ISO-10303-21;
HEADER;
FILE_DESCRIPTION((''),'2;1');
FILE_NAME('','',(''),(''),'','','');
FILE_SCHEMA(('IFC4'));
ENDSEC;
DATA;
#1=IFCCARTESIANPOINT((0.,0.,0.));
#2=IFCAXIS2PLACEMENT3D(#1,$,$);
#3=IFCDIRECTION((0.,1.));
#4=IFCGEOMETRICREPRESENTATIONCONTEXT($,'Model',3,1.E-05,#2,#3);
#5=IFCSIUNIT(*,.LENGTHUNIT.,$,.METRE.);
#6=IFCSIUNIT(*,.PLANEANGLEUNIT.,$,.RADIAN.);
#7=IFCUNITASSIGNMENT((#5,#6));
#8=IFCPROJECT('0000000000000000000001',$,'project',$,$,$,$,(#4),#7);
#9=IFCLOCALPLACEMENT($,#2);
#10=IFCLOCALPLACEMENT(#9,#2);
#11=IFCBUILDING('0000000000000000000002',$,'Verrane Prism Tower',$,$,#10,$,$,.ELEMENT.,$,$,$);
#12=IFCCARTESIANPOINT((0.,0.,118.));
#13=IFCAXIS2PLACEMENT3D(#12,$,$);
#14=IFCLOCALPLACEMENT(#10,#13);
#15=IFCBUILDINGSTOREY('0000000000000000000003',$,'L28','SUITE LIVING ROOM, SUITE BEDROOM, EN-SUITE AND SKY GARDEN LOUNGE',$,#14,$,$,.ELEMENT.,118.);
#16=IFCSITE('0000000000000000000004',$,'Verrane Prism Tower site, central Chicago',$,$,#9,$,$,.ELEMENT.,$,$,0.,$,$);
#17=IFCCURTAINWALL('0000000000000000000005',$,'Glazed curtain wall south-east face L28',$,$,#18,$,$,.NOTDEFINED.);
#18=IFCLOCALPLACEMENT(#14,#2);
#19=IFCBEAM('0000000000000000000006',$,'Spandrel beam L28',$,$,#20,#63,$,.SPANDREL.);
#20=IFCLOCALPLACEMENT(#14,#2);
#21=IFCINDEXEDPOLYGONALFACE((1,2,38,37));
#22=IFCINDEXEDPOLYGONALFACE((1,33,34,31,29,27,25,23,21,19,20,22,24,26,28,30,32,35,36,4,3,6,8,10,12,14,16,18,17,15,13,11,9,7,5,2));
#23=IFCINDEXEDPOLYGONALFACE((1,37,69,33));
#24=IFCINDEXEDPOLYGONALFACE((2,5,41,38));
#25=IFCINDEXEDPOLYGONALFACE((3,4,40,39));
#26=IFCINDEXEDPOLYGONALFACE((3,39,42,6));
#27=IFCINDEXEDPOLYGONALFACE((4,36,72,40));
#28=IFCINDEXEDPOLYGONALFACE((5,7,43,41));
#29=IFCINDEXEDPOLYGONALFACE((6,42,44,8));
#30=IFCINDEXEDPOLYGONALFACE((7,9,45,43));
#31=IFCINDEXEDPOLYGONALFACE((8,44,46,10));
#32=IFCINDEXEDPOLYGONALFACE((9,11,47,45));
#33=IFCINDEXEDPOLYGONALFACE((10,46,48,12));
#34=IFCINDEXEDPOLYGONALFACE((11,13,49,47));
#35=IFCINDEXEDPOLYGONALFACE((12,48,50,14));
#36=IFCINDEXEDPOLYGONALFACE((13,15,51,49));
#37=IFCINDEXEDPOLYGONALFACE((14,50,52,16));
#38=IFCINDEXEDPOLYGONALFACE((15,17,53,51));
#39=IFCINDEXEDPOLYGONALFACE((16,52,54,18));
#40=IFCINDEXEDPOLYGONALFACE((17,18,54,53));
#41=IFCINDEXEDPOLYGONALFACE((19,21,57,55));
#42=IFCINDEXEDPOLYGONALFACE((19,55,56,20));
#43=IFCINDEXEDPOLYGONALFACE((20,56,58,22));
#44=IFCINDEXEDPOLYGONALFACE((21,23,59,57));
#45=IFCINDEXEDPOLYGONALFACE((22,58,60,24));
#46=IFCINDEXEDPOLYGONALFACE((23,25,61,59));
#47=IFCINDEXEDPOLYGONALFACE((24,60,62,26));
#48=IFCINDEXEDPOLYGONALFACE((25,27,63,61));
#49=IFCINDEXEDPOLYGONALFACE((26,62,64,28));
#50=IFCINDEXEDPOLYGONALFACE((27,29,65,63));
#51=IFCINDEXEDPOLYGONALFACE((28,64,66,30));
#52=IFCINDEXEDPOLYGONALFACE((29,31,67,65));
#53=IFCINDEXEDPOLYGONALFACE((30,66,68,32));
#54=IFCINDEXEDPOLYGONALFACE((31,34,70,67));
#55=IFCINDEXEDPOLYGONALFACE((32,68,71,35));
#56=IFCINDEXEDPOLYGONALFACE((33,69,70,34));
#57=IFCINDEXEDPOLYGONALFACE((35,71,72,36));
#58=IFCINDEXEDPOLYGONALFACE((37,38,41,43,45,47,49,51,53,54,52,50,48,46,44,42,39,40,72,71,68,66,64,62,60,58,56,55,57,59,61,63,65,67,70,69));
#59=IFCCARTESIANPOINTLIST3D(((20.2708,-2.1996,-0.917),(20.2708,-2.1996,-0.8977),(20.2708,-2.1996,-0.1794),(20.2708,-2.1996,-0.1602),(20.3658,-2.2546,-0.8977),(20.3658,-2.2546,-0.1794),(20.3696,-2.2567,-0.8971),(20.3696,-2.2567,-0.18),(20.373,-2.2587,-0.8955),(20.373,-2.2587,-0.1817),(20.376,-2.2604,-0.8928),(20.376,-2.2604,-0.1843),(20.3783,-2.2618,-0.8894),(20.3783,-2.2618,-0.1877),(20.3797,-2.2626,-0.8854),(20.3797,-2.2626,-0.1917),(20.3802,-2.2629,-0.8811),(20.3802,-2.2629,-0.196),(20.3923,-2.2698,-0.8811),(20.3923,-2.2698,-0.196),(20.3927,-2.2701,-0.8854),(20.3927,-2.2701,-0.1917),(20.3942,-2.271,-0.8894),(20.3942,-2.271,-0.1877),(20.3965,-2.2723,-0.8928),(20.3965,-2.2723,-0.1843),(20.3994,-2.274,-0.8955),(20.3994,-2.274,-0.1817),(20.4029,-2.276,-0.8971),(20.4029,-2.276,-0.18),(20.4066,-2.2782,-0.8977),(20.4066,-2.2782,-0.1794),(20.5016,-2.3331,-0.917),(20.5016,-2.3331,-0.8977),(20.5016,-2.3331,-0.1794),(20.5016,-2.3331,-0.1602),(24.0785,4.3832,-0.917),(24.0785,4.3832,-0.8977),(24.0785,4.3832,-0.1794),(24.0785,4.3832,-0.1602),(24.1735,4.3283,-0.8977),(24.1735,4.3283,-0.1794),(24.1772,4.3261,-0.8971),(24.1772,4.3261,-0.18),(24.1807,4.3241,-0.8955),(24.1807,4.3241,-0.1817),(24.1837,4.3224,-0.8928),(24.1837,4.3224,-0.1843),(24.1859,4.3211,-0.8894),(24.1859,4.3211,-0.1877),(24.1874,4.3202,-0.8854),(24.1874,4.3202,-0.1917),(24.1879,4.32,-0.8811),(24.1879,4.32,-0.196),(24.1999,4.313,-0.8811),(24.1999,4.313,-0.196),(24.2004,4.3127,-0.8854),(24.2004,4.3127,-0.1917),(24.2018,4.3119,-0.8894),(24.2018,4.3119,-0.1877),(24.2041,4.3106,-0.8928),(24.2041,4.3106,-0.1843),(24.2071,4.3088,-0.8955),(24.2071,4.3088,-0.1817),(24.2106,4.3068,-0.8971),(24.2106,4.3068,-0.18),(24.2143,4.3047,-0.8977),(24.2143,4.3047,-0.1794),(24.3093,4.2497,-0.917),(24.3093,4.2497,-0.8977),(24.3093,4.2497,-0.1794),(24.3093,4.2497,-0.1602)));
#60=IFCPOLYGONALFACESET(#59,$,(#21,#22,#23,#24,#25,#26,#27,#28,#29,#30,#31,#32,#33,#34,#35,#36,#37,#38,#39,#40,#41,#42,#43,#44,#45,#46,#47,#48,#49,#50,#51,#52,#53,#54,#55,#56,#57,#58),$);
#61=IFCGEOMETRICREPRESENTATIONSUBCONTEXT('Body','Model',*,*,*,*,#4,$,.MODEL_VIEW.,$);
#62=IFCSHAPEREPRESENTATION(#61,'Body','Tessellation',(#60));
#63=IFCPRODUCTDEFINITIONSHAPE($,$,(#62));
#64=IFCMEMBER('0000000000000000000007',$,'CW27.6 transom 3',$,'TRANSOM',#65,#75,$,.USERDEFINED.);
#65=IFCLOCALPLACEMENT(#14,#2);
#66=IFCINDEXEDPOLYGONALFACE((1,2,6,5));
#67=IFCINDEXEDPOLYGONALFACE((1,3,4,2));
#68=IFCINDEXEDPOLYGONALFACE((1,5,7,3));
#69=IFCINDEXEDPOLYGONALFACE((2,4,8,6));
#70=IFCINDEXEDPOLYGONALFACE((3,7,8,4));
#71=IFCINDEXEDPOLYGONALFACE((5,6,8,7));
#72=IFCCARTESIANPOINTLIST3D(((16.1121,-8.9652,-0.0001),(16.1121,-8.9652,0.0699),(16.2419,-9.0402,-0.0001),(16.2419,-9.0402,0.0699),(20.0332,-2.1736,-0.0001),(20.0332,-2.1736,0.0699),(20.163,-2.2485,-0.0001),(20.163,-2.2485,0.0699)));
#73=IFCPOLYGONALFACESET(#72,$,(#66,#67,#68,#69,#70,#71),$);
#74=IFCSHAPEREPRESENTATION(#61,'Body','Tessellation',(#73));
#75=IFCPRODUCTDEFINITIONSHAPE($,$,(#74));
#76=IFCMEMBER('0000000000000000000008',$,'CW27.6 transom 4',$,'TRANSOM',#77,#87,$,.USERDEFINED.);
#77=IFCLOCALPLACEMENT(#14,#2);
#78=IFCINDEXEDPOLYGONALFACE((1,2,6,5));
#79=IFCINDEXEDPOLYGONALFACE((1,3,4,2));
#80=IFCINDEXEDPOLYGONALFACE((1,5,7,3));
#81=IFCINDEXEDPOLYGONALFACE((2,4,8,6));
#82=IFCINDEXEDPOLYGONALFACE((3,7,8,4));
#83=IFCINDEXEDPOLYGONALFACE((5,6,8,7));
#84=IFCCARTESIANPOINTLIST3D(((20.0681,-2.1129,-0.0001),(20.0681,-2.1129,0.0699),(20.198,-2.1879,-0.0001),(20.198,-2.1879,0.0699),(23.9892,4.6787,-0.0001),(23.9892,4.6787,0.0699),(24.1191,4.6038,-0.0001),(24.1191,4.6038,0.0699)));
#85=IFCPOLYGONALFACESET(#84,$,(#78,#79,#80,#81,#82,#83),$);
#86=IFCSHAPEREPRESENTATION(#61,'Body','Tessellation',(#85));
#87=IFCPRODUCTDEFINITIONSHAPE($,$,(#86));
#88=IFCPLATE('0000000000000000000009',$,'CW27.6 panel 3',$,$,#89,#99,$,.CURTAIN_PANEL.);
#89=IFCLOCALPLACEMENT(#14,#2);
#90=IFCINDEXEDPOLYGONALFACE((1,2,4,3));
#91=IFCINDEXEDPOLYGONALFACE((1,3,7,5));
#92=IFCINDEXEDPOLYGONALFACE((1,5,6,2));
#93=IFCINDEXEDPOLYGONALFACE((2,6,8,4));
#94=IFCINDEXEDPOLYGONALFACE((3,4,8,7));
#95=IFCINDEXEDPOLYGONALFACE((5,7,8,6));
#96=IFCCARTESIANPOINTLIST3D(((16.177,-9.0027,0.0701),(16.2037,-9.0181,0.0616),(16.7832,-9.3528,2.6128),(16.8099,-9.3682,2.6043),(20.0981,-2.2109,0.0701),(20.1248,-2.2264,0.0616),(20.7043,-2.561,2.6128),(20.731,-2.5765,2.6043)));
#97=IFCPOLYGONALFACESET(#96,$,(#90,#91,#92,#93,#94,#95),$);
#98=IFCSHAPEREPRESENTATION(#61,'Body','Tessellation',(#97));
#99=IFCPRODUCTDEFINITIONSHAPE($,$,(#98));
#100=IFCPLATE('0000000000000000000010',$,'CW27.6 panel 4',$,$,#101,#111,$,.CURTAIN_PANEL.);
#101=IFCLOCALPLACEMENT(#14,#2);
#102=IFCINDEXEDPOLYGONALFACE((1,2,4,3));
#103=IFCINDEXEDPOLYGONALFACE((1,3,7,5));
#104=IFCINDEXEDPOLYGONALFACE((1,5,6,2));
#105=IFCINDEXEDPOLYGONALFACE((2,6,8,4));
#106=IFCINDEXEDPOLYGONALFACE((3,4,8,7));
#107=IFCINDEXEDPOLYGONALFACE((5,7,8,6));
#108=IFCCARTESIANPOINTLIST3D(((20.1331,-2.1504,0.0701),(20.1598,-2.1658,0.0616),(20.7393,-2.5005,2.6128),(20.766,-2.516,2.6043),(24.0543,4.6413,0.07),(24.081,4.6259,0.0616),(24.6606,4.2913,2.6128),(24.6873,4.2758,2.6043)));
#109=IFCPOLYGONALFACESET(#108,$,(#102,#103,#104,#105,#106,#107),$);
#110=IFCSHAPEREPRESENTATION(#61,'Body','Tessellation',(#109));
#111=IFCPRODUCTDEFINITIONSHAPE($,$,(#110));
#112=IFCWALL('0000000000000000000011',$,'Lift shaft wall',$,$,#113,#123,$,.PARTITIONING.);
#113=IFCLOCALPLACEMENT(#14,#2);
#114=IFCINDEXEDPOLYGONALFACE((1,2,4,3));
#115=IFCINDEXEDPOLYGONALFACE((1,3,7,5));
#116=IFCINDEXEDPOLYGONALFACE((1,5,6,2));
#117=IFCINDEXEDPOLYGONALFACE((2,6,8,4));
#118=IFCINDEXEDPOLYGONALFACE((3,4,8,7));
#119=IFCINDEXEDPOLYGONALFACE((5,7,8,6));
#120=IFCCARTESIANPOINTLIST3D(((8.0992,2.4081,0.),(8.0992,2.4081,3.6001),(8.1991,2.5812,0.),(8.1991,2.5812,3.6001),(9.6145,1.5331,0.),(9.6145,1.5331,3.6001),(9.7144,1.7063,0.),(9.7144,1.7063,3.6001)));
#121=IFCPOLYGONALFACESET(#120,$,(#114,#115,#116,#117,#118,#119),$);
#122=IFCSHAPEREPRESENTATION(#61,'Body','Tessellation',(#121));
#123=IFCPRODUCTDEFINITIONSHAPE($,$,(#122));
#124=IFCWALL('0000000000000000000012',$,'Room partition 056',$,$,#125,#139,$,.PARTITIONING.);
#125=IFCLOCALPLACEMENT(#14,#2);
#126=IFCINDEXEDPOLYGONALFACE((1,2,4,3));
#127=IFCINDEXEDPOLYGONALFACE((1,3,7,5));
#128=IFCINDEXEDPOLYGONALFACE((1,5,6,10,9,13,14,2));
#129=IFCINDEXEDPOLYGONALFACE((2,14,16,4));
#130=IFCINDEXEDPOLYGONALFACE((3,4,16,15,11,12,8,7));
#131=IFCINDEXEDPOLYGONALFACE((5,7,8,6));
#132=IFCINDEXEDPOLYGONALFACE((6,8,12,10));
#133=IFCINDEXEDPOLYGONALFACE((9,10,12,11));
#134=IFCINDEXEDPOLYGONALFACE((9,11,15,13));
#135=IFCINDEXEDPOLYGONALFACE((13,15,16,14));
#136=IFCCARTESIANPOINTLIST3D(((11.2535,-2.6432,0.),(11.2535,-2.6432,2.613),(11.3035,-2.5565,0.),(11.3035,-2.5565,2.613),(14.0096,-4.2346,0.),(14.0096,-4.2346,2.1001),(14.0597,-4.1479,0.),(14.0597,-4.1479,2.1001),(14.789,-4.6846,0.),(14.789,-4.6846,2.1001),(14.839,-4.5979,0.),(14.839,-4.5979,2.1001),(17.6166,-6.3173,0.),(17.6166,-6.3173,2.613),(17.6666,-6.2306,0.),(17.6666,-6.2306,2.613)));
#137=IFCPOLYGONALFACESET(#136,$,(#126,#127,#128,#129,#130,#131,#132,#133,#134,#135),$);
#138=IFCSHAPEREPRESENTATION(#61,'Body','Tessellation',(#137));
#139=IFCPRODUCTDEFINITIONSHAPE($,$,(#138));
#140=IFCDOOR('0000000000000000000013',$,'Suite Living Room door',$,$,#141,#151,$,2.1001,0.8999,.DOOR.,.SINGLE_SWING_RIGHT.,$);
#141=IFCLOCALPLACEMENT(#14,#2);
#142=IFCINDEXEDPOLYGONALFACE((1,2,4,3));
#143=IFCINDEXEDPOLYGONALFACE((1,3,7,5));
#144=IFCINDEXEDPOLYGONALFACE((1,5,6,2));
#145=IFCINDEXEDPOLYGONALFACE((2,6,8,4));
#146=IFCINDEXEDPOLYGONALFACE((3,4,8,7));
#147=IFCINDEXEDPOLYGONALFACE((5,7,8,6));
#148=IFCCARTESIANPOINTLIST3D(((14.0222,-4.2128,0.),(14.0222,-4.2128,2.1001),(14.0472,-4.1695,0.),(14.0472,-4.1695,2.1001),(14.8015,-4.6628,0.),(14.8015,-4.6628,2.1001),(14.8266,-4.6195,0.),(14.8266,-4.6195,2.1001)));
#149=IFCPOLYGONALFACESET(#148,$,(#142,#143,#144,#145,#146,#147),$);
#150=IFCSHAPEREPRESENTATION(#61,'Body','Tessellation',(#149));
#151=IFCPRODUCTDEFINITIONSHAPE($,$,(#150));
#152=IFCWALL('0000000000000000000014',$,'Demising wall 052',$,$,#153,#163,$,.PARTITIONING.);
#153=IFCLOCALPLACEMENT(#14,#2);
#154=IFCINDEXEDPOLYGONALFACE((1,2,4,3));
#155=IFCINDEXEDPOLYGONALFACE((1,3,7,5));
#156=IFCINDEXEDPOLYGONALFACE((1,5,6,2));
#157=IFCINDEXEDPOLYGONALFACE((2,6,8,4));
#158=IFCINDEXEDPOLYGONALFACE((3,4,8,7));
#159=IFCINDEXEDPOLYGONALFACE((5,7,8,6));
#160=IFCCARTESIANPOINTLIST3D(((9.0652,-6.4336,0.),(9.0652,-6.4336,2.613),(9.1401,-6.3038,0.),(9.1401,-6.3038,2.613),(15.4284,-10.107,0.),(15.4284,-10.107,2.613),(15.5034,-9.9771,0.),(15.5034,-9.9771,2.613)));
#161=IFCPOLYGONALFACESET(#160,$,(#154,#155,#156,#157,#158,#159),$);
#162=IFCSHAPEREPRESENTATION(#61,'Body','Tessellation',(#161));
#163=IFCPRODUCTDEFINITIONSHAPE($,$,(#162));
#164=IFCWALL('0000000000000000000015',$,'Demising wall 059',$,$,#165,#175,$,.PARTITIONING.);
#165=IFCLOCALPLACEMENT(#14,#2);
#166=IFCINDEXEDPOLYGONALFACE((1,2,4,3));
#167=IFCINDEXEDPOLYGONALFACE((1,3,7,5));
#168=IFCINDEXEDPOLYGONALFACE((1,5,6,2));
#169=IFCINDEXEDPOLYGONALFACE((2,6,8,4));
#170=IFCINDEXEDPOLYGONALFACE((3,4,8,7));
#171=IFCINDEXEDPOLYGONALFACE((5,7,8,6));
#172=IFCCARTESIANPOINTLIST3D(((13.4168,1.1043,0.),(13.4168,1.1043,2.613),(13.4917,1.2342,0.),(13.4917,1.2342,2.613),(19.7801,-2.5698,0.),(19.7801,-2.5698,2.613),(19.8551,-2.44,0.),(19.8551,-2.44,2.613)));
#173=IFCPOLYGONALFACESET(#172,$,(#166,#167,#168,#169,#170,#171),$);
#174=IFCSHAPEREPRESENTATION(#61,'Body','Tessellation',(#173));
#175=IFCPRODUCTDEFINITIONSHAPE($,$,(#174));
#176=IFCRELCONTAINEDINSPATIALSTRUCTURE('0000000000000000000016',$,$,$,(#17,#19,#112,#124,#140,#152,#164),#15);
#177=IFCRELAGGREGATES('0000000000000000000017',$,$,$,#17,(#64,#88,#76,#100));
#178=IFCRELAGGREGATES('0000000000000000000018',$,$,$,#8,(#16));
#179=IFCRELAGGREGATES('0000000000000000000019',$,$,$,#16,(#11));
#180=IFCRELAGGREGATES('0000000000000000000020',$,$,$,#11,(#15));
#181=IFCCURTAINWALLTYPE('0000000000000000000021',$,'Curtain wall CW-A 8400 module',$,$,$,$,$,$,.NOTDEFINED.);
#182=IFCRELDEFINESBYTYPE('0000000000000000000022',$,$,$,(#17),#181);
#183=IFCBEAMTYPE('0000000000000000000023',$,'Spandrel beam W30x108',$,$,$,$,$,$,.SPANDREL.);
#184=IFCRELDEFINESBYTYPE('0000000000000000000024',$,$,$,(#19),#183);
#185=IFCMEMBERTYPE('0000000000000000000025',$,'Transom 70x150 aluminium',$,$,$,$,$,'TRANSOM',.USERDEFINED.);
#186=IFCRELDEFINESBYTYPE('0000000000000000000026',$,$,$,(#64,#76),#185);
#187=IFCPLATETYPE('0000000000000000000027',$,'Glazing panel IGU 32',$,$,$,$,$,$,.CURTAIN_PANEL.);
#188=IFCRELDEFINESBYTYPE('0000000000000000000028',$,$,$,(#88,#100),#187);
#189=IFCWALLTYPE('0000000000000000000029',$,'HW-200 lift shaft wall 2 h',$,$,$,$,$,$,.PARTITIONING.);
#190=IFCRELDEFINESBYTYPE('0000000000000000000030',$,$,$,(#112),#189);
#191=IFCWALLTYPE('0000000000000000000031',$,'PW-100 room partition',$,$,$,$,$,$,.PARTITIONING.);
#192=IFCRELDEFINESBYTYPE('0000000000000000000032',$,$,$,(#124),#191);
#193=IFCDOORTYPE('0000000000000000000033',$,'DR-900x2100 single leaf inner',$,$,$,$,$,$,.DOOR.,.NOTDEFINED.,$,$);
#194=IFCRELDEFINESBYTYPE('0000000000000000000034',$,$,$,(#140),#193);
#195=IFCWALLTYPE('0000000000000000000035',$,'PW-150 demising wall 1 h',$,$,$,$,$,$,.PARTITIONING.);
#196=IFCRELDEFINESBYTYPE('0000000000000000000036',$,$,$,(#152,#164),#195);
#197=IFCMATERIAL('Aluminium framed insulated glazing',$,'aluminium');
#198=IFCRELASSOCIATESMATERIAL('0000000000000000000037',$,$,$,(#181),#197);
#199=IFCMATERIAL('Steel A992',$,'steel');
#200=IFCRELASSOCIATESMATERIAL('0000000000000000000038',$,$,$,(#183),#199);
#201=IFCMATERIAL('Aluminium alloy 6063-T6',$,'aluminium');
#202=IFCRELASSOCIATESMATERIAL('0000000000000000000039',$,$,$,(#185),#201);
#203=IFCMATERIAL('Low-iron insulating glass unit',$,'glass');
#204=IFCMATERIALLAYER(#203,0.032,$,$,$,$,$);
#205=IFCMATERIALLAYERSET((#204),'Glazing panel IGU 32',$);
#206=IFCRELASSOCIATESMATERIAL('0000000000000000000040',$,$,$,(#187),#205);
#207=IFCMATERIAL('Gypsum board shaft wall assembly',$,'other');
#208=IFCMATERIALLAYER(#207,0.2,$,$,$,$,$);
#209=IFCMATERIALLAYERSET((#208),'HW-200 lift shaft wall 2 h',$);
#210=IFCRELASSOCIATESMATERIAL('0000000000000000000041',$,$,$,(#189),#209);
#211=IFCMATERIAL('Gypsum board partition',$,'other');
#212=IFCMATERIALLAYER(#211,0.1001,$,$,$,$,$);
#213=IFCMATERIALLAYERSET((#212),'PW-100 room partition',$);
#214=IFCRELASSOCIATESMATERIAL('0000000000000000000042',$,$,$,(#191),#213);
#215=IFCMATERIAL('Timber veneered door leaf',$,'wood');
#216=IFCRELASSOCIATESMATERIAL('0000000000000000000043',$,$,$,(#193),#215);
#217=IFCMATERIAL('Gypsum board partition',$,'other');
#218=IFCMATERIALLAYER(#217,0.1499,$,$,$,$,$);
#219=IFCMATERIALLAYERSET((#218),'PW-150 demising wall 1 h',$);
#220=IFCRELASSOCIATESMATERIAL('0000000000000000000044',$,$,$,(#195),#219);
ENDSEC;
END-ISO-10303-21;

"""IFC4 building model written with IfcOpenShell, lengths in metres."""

from ifc_helpers import new_model, si_unit, direction, frame, frame_2d, origin, origin_2d, place, context, subcontext, project, spatial, polyline, rectangle, i_section, outline, extrude, material, layer, layer_set, material_profile, profile_set, type_object, element, fill, aggregate, save


model = new_model("IFC4")

# Units and contexts
model_context = context("Model", 3, precision=1e-05, world=origin(), true_north=direction((0.0, 1.0)))
body_context = subcontext(model_context, "Body", "Model", "MODEL_VIEW")
ifc_project = project(units=[si_unit("LENGTHUNIT", "METRE"), si_unit("PLANEANGLEUNIT", "RADIAN")], contexts=[model_context])

# Site, building, storey
site_placement = place(None, origin())
site = spatial("IfcSite", under=ifc_project, at=site_placement, Name="Verrane Prism Tower site, central Chicago", CompositionType="ELEMENT", RefElevation=0.0)
building_placement = place(site_placement, origin())
building = spatial("IfcBuilding", under=site, at=building_placement, Name="Verrane Prism Tower", CompositionType="ELEMENT")
storey_placement = place(building_placement, frame((0.0, 0.0, 118.0)))
storey = spatial("IfcBuildingStorey", under=building, at=storey_placement, Name="L28", Description="SUITE LIVING ROOM, SUITE BEDROOM, EN-SUITE AND SKY GARDEN LOUNGE", CompositionType="ELEMENT", Elevation=118.0)

# Curtain wall
ifc_material_1 = material(Name="Aluminium framed insulated glazing", Category="aluminium")
curtain_wall_type = type_object("IfcCurtainWallType", Name="Curtain wall CW-A 8400 module", PredefinedType="NOTDEFINED", material=ifc_material_1)
curtain_wall_placement = place(storey_placement, origin())
curtain_wall = element("IfcCurtainWall", 1, at=curtain_wall_placement, inside=storey, type_object=curtain_wall_type, Name="Glazed curtain wall south-east face L28", PredefinedType="NOTDEFINED")

# Beam
ifc_material_2 = material(Name="Steel A992", Category="steel")
ifc_material_profile_1 = material_profile(ifc_material_2, i_section(OverallWidth=0.2666, OverallDepth=0.7568, WebThickness=0.0139, FlangeThickness=0.0193, FilletRadius=0.0166, at=origin_2d()), Name="W30x108")
ifc_profile_set_1 = profile_set([ifc_material_profile_1], Name="Steel A992")
beam_type_1 = type_object("IfcBeamType", Name="Spandrel beam W30x108", PredefinedType="SPANDREL", material=ifc_profile_set_1)
beam_1_placement = place(storey_placement, frame((20.3862, -2.2664, -0.5386), z_axis=(0.500696, 0.865623, 0.0), x_axis=(-0.865623, 0.500696, 0.0)))
element("IfcBeam", 2, at=beam_1_placement, inside=storey, type_object=beam_type_1, Name="Spandrel beam L28", PredefinedType="SPANDREL", context=body_context, shape_type="SweptSolid", body=[
    extrude(i_section(OverallWidth=0.2666, OverallDepth=0.7568, WebThickness=0.0139, FlangeThickness=0.0193, FilletRadius=0.0166, at=origin_2d()), origin(), (0.0, 0.0, 1.0), 7.6047),
])

# Members
ifc_material_3 = material(Name="Aluminium alloy 6063-T6", Category="aluminium")
ifc_material_profile_2 = material_profile(ifc_material_3, rectangle(XDim=0.1499, YDim=0.0701, at=origin_2d()), Name="Transom 70x150 aluminium")
ifc_profile_set_2 = profile_set([ifc_material_profile_2], Name="Aluminium alloy 6063-T6")
member_type_1 = type_object("IfcMemberType", Name="Transom 70x150 aluminium", ElementType="TRANSOM", PredefinedType="USERDEFINED", material=ifc_profile_set_2)
member_1_placement = place(storey_placement, frame((16.177, -9.0027, 0.0349), z_axis=(0.499993, 0.86603, 0.0), x_axis=(-0.86603, 0.499993, 0.0)))
member_1 = element("IfcMember", 3, at=member_1_placement, type_object=member_type_1, Name="CW27.6 transom 3", ObjectType="TRANSOM", PredefinedType="USERDEFINED", context=body_context, shape_type="SweptSolid", body=[
    extrude(rectangle(XDim=0.1499, YDim=0.0701, at=origin_2d()), origin(), (0.0, 0.0, 1.0), 7.8423),
])
member_2_placement = place(storey_placement, frame((20.1331, -2.1504, 0.0349), z_axis=(0.499993, 0.86603, 0.0), x_axis=(-0.86603, 0.499993, 0.0)))
member_2 = element("IfcMember", 4, at=member_2_placement, type_object=member_type_1, Name="CW27.6 transom 4", ObjectType="TRANSOM", PredefinedType="USERDEFINED", context=body_context, shape_type="SweptSolid", body=[
    extrude(rectangle(XDim=0.1499, YDim=0.0701, at=origin_2d()), origin(), (0.0, 0.0, 1.0), 7.8423),
])

# Plates
ifc_material_4 = material(Name="Low-iron insulating glass unit", Category="glass")
ifc_layer_1 = layer(ifc_material_4, 0.032)
ifc_layer_set_1 = layer_set([ifc_layer_1], Name="Glazing panel IGU 32")
plate_type = type_object("IfcPlateType", Name="Glazing panel IGU 32", PredefinedType="CURTAIN_PANEL", material=ifc_layer_set_1)
plate_1_placement = place(storey_placement, frame((16.177, -9.0027, 0.0701), z_axis=(-0.834964, 0.482058, 0.265433), x_axis=(0.499993, 0.86603, 0.0)))
plate_1 = element("IfcPlate", 5, at=plate_1_placement, type_object=plate_type, Name="CW27.6 panel 3", PredefinedType="CURTAIN_PANEL", context=body_context, shape_type="SweptSolid", body=[
    extrude(outline(polyline([(0.0, 0.0), (7.8424, 0.0), (7.8423, -2.6373), (-0.0001, -2.6373), (0.0, 0.0)])), origin(), (0.0, 0.0, -1.0), 0.032),
])
plate_2_placement = place(storey_placement, frame((20.1331, -2.1504, 0.0701), z_axis=(-0.834949, 0.482064, 0.265471), x_axis=(0.500004, 0.866023, -0.000003)))
plate_2 = element("IfcPlate", 6, at=plate_2_placement, type_object=plate_type, Name="CW27.6 panel 4", PredefinedType="CURTAIN_PANEL", context=body_context, shape_type="SweptSolid", body=[
    extrude(outline(polyline([(0.0, 0.0), (7.8424, 0.0), (7.8424, -2.6374), (-0.0001, -2.6373), (0.0, 0.0)])), origin(), (0.0, 0.0, -1.0), 0.032),
])
aggregate(curtain_wall, [member_1, plate_1, member_2, plate_2])

# Wall
ifc_material_5 = material(Name="Gypsum board shaft wall assembly", Category="other")
ifc_layer_2 = layer(ifc_material_5, 0.2)
ifc_layer_set_2 = layer_set([ifc_layer_2], Name="HW-200 lift shaft wall 2 h")
wall_type_1 = type_object("IfcWallType", Name="HW-200 lift shaft wall 2 h", PredefinedType="PARTITIONING", material=ifc_layer_set_2)
wall_1_placement = place(storey_placement, frame((9.6646, 1.6196, 0.0), z_axis=(0.0, 0.0, 1.0), x_axis=(-0.866002, 0.50004, 0.0)))
element("IfcWall", 7, at=wall_1_placement, inside=storey, type_object=wall_type_1, Name="Lift shaft wall", PredefinedType="PARTITIONING", context=body_context, shape_type="SweptSolid", body=[
    extrude(rectangle(XDim=1.7498, YDim=0.2, at=frame_2d((0.875, 0.0))), origin(), (0.0, 0.0, 1.0), 3.6001),
])

# Wall, opening, door
ifc_material_6 = material(Name="Gypsum board partition", Category="other")
ifc_layer_3 = layer(ifc_material_6, 0.1001)
ifc_layer_set_3 = layer_set([ifc_layer_3], Name="PW-100 room partition")
wall_type_2 = type_object("IfcWallType", Name="PW-100 room partition", PredefinedType="PARTITIONING", material=ifc_layer_set_3)
wall_2_placement = place(storey_placement, frame((17.6416, -6.2739, 0.0), z_axis=(0.0, 0.0, 1.0), x_axis=(-0.866004, 0.500038, 0.0)))
wall_2 = element("IfcWall", 8, at=wall_2_placement, inside=storey, type_object=wall_type_2, Name="Room partition 056", PredefinedType="PARTITIONING", context=body_context, shape_type="SweptSolid", body=[
    extrude(rectangle(XDim=7.3477, YDim=0.1001, at=frame_2d((3.6738, 0.0))), origin(), (0.0, 0.0, 1.0), 2.613),
])
opening_1_placement = place(wall_2_placement, frame((3.2651, 0.0, 0.0)))
opening_1 = element("IfcOpeningElement", 9, at=opening_1_placement, cuts=wall_2, PredefinedType="OPENING", context=body_context, shape_type="SweptSolid", body=[
    extrude(rectangle(XDim=0.8999, YDim=2.1001, at=frame_2d((0.45, 1.05))), frame((0.0, 0.0601, 0.0), z_axis=(0.0, -1.0, 0.0), x_axis=(1.0, 0.0, 0.0)), (0.0, 0.0, 1.0), 0.1201),
])
ifc_material_7 = material(Name="Timber veneered door leaf", Category="wood")
door_type_1 = type_object("IfcDoorType", Name="DR-900x2100 single leaf inner", OperationType="NOTDEFINED", PredefinedType="DOOR", material=ifc_material_7)
door_1_placement = place(opening_1_placement, origin())
door_1 = element("IfcDoor", 10, at=door_1_placement, inside=storey, type_object=door_type_1, Name="Suite Living Room door", OperationType="SINGLE_SWING_RIGHT", OverallHeight=2.1001, OverallWidth=0.8999, PredefinedType="DOOR", context=body_context, shape_type="SweptSolid", body=[
    extrude(rectangle(XDim=0.8999, YDim=2.1001, at=frame_2d((0.45, 1.05))), frame((0.0, 0.0249, 0.0), z_axis=(0.0, -1.0, 0.0), x_axis=(1.0, 0.0, 0.0)), (0.0, 0.0, 1.0), 0.05),
])
fill(opening_1, door_1)

# Walls
ifc_material_8 = material(Name="Gypsum board partition", Category="other")
ifc_layer_4 = layer(ifc_material_8, 0.1499)
ifc_layer_set_4 = layer_set([ifc_layer_4], Name="PW-150 demising wall 1 h")
wall_type_3 = type_object("IfcWallType", Name="PW-150 demising wall 1 h", PredefinedType="PARTITIONING", material=ifc_layer_set_4)
wall_3_placement = place(storey_placement, frame((9.1025, -6.3687, 0.0), z_axis=(0.0, 0.0, 1.0), x_axis=(0.866055, -0.499949, 0.0)))
element("IfcWall", 11, at=wall_3_placement, inside=storey, type_object=wall_type_3, Name="Demising wall 052", PredefinedType="PARTITIONING", context=body_context, shape_type="SweptSolid", body=[
    extrude(rectangle(XDim=7.3474, YDim=0.1499, at=frame_2d((3.6738, 0.0))), origin(), (0.0, 0.0, 1.0), 2.613),
])
wall_4_placement = place(storey_placement, frame((13.4543, 1.1692, 0.0), z_axis=(0.0, 0.0, 1.0), x_axis=(0.866012, -0.500023, 0.0)))
element("IfcWall", 12, at=wall_4_placement, inside=storey, type_object=wall_type_3, Name="Demising wall 059", PredefinedType="PARTITIONING", context=body_context, shape_type="SweptSolid", body=[
    extrude(rectangle(XDim=7.3479, YDim=0.1499, at=frame_2d((3.6738, 0.0))), origin(), (0.0, 0.0, 1.0), 2.613),
])

save(model, "model.ifc")
